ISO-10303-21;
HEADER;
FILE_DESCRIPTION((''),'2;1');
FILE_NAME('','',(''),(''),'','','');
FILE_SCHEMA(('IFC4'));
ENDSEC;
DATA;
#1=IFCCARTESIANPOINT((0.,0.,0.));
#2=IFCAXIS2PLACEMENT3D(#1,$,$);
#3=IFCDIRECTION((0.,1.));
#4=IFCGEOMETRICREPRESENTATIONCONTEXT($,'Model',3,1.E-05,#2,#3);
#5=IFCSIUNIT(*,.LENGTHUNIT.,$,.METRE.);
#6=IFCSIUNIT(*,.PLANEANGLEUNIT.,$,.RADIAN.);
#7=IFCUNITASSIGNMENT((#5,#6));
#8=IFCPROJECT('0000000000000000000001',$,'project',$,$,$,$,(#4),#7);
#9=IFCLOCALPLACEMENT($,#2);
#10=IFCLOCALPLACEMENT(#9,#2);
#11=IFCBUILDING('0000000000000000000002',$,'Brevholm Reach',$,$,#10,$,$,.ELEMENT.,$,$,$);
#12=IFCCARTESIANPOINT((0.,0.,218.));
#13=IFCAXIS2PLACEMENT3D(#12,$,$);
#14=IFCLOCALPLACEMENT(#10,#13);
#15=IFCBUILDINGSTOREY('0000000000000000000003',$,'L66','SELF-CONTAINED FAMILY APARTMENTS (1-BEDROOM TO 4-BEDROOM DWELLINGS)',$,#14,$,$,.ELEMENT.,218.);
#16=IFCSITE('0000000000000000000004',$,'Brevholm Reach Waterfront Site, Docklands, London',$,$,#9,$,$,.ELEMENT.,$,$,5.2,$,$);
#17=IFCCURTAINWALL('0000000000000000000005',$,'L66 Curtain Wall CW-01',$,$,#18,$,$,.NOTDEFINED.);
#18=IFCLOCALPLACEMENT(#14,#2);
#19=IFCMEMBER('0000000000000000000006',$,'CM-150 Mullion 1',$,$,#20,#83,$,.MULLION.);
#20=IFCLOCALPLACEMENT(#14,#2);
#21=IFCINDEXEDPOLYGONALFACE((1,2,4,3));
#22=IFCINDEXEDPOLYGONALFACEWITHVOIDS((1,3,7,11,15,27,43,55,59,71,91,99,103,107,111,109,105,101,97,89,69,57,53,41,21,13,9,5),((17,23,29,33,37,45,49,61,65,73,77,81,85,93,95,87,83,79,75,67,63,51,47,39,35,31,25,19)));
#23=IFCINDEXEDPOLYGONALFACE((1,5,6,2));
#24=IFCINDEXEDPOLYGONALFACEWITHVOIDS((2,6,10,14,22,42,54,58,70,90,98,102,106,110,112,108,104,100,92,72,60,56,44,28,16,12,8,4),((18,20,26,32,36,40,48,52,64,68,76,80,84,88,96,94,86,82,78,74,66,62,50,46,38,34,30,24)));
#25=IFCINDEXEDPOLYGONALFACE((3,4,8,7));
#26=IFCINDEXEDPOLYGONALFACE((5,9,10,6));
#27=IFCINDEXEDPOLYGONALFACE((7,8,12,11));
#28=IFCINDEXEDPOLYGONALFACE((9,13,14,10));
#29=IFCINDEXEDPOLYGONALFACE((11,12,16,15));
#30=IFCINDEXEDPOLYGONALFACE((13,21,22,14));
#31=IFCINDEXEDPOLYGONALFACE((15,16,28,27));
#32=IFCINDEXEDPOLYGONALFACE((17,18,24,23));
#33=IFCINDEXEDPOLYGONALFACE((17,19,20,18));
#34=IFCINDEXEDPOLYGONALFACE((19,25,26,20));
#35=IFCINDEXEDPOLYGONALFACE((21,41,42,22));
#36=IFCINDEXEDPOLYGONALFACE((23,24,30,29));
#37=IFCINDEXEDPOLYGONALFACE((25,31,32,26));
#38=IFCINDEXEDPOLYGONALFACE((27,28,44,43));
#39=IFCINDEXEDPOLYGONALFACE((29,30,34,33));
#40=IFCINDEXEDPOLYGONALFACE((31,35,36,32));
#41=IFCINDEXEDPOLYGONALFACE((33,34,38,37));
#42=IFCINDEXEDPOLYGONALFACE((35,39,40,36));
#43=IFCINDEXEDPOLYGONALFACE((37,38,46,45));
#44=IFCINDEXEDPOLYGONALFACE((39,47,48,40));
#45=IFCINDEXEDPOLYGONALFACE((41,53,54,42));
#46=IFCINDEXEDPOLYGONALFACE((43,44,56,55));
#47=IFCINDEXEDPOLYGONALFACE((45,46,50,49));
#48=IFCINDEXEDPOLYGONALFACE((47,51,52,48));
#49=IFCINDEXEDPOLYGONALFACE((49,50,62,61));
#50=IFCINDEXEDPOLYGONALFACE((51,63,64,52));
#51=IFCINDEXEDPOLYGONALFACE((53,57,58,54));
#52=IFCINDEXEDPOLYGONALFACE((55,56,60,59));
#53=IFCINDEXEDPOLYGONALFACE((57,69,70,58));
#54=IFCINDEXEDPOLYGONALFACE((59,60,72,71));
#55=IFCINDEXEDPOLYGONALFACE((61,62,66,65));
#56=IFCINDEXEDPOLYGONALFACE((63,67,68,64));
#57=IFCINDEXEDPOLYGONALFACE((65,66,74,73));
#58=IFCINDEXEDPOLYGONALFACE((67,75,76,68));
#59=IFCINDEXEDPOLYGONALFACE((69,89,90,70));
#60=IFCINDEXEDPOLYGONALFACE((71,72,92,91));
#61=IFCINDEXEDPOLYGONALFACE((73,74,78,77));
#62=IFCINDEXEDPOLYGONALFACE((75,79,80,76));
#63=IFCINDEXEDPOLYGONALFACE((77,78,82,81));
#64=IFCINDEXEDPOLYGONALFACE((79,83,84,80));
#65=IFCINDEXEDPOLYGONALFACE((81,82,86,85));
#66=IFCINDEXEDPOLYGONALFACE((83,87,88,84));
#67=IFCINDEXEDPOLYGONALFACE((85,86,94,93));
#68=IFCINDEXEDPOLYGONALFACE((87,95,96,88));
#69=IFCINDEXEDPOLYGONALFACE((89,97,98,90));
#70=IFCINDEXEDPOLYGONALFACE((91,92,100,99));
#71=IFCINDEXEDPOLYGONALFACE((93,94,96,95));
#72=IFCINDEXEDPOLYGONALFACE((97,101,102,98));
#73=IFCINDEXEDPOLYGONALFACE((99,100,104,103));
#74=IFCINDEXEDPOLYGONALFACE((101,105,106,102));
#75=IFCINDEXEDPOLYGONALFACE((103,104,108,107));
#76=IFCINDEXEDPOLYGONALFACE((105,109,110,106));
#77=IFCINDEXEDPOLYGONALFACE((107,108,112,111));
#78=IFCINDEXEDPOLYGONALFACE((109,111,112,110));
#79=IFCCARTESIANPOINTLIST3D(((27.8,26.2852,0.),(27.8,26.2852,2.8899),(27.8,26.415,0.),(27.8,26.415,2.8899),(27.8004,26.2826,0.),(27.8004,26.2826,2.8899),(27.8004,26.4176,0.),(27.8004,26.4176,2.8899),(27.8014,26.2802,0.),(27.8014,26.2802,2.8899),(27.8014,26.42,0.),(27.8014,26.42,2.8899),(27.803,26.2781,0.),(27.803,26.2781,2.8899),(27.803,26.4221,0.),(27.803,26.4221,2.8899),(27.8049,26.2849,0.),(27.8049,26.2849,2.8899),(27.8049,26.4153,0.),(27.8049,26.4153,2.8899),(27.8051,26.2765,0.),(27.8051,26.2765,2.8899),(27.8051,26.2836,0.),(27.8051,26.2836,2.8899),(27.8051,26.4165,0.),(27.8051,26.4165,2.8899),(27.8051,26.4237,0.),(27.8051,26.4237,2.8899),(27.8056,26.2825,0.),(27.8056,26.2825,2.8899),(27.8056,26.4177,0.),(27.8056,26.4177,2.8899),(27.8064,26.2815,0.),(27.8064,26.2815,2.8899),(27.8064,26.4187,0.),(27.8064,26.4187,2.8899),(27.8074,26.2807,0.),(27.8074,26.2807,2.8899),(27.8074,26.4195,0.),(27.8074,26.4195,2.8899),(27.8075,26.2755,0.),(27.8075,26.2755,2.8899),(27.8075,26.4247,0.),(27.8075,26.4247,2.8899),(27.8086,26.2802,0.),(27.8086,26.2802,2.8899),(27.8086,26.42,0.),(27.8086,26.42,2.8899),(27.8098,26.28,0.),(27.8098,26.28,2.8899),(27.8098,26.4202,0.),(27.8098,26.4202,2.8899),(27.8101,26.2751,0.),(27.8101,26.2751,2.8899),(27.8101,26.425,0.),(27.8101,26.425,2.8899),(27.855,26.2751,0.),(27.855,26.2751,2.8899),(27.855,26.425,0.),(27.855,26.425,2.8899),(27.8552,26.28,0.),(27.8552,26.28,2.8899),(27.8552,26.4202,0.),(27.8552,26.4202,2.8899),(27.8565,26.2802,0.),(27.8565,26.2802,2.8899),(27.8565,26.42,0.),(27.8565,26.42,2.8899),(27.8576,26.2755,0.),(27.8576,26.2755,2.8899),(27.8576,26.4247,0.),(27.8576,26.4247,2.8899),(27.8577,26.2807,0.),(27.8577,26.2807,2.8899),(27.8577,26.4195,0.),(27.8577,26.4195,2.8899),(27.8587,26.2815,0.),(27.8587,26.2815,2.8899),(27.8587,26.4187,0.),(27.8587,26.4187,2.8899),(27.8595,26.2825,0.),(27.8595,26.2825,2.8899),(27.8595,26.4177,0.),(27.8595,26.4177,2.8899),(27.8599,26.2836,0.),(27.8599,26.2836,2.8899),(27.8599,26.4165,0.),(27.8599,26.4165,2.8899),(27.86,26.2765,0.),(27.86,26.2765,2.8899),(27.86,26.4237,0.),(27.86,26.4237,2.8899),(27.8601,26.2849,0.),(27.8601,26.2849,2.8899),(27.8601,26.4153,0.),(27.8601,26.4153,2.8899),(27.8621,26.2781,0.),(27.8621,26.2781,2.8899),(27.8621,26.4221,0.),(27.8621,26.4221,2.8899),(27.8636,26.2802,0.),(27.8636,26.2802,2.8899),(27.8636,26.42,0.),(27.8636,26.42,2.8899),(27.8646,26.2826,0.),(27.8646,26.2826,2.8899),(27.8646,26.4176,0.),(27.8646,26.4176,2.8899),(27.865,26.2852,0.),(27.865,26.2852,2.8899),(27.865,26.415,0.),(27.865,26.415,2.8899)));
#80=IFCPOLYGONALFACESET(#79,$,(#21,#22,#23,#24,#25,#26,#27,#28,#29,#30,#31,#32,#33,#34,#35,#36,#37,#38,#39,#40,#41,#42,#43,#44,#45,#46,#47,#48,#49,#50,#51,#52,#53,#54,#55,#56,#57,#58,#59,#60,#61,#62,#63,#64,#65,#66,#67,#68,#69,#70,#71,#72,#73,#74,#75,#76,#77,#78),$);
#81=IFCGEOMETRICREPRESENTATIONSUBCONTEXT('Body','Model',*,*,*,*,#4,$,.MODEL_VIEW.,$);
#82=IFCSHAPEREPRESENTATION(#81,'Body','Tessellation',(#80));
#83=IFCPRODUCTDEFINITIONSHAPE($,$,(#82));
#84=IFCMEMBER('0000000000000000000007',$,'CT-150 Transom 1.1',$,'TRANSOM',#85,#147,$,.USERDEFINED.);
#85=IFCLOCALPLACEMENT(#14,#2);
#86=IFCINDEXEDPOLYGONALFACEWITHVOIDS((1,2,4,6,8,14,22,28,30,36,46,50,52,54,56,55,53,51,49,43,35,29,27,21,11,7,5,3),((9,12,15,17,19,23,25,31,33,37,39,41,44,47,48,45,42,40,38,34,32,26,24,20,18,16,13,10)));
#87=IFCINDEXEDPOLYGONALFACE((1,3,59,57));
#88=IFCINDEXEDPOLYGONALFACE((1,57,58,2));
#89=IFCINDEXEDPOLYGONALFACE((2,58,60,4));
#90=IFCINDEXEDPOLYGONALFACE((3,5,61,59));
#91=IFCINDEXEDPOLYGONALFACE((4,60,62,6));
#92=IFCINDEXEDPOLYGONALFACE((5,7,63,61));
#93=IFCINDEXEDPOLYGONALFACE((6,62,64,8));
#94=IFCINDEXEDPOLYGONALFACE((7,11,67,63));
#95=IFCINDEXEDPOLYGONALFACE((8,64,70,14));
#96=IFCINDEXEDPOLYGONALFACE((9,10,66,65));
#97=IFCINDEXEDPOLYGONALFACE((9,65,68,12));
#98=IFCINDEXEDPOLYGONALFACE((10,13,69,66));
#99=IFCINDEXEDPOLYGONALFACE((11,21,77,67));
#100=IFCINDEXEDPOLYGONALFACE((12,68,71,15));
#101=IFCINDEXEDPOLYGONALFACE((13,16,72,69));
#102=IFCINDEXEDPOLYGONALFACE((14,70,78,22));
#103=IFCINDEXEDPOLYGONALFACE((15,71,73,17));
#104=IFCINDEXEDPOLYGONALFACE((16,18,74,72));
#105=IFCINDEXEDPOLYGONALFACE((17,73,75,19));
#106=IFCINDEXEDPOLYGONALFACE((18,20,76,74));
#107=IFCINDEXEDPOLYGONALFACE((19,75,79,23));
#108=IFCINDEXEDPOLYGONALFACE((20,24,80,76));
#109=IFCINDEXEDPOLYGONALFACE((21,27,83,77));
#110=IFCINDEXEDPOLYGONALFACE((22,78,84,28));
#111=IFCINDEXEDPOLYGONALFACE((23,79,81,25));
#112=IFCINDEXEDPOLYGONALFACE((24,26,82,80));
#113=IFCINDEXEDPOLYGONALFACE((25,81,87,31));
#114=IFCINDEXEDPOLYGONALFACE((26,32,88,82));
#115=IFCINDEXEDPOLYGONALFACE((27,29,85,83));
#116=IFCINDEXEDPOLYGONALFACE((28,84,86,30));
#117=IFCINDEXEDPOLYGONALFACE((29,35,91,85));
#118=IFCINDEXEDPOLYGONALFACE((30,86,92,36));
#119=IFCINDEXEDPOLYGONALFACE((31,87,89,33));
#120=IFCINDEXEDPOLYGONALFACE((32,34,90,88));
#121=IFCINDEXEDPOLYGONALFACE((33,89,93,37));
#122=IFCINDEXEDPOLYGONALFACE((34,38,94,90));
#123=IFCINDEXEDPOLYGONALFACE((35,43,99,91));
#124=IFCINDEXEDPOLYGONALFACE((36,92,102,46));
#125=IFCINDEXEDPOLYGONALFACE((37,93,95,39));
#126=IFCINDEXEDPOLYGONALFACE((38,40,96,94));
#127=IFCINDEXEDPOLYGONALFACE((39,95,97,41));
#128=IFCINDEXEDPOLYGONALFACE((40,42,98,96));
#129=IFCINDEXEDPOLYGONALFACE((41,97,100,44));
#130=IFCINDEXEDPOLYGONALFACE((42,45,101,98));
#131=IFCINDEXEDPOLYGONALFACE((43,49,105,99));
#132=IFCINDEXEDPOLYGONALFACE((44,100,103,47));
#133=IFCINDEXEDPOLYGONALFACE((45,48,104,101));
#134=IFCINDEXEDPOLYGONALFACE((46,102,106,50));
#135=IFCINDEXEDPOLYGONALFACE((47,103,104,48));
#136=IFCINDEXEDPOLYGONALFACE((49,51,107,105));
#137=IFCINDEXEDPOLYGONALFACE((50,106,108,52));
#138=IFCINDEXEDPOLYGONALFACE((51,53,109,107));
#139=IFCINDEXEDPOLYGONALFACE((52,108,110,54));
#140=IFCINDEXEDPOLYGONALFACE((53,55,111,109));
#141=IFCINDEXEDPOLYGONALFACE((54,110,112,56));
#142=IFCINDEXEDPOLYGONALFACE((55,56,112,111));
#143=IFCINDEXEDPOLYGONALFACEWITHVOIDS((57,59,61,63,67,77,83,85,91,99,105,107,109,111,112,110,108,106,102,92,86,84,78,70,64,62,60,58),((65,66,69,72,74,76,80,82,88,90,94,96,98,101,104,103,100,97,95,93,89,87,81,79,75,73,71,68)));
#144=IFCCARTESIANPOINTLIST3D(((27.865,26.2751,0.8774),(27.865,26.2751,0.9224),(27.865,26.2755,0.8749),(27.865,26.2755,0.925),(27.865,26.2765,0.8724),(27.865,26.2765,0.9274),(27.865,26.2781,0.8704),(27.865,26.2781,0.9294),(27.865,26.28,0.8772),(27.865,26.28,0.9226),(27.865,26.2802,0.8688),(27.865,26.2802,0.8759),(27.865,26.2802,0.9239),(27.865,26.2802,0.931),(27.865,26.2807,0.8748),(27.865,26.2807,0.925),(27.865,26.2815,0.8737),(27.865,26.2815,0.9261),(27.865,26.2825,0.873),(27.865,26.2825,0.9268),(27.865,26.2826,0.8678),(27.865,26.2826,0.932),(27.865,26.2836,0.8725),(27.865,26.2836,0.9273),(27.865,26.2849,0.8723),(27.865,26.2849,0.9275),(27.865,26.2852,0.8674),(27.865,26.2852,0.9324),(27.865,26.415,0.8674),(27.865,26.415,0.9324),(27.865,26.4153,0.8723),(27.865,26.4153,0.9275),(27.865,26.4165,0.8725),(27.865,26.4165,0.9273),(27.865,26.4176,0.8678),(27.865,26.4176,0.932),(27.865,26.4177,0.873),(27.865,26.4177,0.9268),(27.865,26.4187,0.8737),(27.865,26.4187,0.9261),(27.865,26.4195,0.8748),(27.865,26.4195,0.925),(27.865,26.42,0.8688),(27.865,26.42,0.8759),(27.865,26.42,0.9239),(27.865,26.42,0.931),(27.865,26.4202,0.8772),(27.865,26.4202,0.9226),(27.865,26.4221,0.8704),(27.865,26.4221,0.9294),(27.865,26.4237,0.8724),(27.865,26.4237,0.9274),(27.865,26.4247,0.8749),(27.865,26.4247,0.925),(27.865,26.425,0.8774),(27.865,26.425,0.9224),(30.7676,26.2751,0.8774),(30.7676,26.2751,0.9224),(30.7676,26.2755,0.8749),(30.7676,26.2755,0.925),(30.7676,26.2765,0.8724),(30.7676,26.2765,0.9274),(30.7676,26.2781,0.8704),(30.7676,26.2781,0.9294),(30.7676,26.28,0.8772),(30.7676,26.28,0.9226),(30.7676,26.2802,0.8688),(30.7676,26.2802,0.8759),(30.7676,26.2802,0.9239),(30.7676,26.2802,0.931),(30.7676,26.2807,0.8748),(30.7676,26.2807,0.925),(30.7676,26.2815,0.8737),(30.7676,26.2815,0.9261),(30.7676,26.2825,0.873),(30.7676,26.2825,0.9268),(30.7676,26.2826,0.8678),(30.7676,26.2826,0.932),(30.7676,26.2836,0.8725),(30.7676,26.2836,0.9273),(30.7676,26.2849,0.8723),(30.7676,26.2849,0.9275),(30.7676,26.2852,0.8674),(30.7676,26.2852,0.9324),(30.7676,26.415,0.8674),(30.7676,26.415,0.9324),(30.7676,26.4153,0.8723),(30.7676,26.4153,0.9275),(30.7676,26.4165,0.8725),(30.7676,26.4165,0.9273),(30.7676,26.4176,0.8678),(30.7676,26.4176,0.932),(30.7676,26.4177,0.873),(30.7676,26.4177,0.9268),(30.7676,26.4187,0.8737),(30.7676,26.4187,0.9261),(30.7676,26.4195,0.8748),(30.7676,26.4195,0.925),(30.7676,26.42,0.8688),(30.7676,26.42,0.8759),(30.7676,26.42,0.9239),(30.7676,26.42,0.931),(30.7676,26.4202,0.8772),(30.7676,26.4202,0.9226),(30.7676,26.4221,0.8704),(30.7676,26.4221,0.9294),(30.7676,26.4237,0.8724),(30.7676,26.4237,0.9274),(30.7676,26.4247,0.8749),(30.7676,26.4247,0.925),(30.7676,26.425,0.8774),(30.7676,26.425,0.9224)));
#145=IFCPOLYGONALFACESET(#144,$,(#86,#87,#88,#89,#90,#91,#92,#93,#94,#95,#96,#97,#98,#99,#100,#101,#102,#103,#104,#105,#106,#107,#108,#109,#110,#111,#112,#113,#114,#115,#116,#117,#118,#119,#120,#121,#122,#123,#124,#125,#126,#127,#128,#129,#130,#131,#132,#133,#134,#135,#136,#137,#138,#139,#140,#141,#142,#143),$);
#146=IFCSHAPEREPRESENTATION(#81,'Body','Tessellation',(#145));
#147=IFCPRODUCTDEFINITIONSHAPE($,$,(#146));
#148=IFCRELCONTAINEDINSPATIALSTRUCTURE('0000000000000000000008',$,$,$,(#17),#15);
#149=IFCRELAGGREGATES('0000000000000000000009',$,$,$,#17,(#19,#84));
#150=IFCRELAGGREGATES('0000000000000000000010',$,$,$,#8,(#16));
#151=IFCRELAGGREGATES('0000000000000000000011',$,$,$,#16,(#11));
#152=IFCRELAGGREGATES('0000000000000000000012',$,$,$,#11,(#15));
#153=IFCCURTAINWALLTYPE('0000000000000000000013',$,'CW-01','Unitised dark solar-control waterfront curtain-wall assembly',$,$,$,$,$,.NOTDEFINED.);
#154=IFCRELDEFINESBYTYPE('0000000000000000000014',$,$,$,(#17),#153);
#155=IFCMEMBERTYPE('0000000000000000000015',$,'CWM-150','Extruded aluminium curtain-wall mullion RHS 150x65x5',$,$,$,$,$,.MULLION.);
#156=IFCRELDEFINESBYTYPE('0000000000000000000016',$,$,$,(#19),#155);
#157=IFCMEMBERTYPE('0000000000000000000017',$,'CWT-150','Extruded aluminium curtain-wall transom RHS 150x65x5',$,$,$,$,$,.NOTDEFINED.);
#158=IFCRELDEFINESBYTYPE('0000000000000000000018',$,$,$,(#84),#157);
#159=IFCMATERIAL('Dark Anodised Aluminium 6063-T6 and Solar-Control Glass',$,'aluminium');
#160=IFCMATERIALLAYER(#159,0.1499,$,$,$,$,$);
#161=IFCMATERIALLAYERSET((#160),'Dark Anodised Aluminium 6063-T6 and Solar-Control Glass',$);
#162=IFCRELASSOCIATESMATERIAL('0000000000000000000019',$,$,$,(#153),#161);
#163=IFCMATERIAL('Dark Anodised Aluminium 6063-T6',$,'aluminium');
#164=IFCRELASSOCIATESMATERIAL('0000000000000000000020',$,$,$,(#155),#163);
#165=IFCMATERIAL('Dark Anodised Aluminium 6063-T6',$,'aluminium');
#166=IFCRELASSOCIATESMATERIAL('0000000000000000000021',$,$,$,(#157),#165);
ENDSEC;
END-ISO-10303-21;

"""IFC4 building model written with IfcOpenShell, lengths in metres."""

from ifc_helpers import new_model, si_unit, direction, frame, origin, origin_2d, place, context, subcontext, project, spatial, hollow_rectangle, extrude, material, layer, layer_set, material_profile, profile_set, type_object, element, aggregate, save


model = new_model("IFC4")

# Units and contexts
model_context = context("Model", 3, precision=1e-05, world=origin(), true_north=direction((0.0, 1.0)))
body_context = subcontext(model_context, "Body", "Model", "MODEL_VIEW")
ifc_project = project(units=[si_unit("LENGTHUNIT", "METRE"), si_unit("PLANEANGLEUNIT", "RADIAN")], contexts=[model_context])

# Site, building, storey
site_placement = place(None, origin())
site = spatial("IfcSite", under=ifc_project, at=site_placement, Name="Brevholm Reach Waterfront Site, Docklands, London", CompositionType="ELEMENT", RefElevation=5.2)
building_placement = place(site_placement, origin())
building = spatial("IfcBuilding", under=site, at=building_placement, Name="Brevholm Reach", CompositionType="ELEMENT")
storey_placement = place(building_placement, frame((0.0, 0.0, 218.0)))
storey = spatial("IfcBuildingStorey", under=building, at=storey_placement, Name="L66", Description="SELF-CONTAINED FAMILY APARTMENTS (1-BEDROOM TO 4-BEDROOM DWELLINGS)", CompositionType="ELEMENT", Elevation=218.0)

# Curtain wall, members
ifc_material_1 = material(Name="Dark Anodised Aluminium 6063-T6 and Solar-Control Glass", Category="aluminium")
ifc_layer_1 = layer(ifc_material_1, 0.1499)
ifc_layer_set_1 = layer_set([ifc_layer_1], Name="Dark Anodised Aluminium 6063-T6 and Solar-Control Glass")
curtain_wall_type = type_object("IfcCurtainWallType", Name="CW-01", Description="Unitised dark solar-control waterfront curtain-wall assembly", PredefinedType="NOTDEFINED", material=ifc_layer_set_1)
curtain_wall_placement = place(storey_placement, origin())
curtain_wall = element("IfcCurtainWall", 1, at=curtain_wall_placement, inside=storey, type_object=curtain_wall_type, Name="L66 Curtain Wall CW-01", PredefinedType="NOTDEFINED")
ifc_material_2 = material(Name="Dark Anodised Aluminium 6063-T6", Category="aluminium")
ifc_material_profile_1 = material_profile(ifc_material_2, hollow_rectangle(XDim=0.0649, YDim=0.1499, WallThickness=0.0049, InnerFilletRadius=0.0049, OuterFilletRadius=0.01, at=origin_2d()), Name="RHS 150x65x5")
ifc_profile_set_1 = profile_set([ifc_material_profile_1], Name="Dark Anodised Aluminium 6063-T6")
member_type_1 = type_object("IfcMemberType", Name="CWM-150", Description="Extruded aluminium curtain-wall mullion RHS 150x65x5", PredefinedType="MULLION", material=ifc_profile_set_1)
member_1_placement = place(storey_placement, frame((27.8325, 26.3501, 0.0), z_axis=(0.0, 0.0, 1.0), x_axis=(1.0, 0.0, 0.0)))
member_1 = element("IfcMember", 2, at=member_1_placement, type_object=member_type_1, Name="CM-150 Mullion 1", PredefinedType="MULLION", context=body_context, shape_type="SweptSolid", body=[
    extrude(hollow_rectangle(XDim=0.0649, YDim=0.1499, WallThickness=0.0049, InnerFilletRadius=0.0049, OuterFilletRadius=0.01, at=origin_2d()), origin(), (0.0, 0.0, 1.0), 2.8899),
])
ifc_material_3 = material(Name="Dark Anodised Aluminium 6063-T6", Category="aluminium")
ifc_material_profile_2 = material_profile(ifc_material_3, hollow_rectangle(XDim=0.0649, YDim=0.1499, WallThickness=0.0049, InnerFilletRadius=0.0049, OuterFilletRadius=0.01, at=origin_2d()), Name="RHS 150x65x5")
ifc_profile_set_2 = profile_set([ifc_material_profile_2], Name="Dark Anodised Aluminium 6063-T6")
member_type_2 = type_object("IfcMemberType", Name="CWT-150", Description="Extruded aluminium curtain-wall transom RHS 150x65x5", PredefinedType="NOTDEFINED", material=ifc_profile_set_2)
member_2_placement = place(storey_placement, frame((27.865, 26.3501, 0.8999), z_axis=(1.0, 0.0, 0.0), x_axis=(0.0, 0.0, 1.0)))
member_2 = element("IfcMember", 3, at=member_2_placement, type_object=member_type_2, Name="CT-150 Transom 1.1", ObjectType="TRANSOM", PredefinedType="USERDEFINED", context=body_context, shape_type="SweptSolid", body=[
    extrude(hollow_rectangle(XDim=0.0649, YDim=0.1499, WallThickness=0.0049, InnerFilletRadius=0.0049, OuterFilletRadius=0.01, at=origin_2d()), origin(), (0.0, 0.0, 1.0), 2.9026),
])
aggregate(curtain_wall, [member_1, member_2])

save(model, "model.ifc")
